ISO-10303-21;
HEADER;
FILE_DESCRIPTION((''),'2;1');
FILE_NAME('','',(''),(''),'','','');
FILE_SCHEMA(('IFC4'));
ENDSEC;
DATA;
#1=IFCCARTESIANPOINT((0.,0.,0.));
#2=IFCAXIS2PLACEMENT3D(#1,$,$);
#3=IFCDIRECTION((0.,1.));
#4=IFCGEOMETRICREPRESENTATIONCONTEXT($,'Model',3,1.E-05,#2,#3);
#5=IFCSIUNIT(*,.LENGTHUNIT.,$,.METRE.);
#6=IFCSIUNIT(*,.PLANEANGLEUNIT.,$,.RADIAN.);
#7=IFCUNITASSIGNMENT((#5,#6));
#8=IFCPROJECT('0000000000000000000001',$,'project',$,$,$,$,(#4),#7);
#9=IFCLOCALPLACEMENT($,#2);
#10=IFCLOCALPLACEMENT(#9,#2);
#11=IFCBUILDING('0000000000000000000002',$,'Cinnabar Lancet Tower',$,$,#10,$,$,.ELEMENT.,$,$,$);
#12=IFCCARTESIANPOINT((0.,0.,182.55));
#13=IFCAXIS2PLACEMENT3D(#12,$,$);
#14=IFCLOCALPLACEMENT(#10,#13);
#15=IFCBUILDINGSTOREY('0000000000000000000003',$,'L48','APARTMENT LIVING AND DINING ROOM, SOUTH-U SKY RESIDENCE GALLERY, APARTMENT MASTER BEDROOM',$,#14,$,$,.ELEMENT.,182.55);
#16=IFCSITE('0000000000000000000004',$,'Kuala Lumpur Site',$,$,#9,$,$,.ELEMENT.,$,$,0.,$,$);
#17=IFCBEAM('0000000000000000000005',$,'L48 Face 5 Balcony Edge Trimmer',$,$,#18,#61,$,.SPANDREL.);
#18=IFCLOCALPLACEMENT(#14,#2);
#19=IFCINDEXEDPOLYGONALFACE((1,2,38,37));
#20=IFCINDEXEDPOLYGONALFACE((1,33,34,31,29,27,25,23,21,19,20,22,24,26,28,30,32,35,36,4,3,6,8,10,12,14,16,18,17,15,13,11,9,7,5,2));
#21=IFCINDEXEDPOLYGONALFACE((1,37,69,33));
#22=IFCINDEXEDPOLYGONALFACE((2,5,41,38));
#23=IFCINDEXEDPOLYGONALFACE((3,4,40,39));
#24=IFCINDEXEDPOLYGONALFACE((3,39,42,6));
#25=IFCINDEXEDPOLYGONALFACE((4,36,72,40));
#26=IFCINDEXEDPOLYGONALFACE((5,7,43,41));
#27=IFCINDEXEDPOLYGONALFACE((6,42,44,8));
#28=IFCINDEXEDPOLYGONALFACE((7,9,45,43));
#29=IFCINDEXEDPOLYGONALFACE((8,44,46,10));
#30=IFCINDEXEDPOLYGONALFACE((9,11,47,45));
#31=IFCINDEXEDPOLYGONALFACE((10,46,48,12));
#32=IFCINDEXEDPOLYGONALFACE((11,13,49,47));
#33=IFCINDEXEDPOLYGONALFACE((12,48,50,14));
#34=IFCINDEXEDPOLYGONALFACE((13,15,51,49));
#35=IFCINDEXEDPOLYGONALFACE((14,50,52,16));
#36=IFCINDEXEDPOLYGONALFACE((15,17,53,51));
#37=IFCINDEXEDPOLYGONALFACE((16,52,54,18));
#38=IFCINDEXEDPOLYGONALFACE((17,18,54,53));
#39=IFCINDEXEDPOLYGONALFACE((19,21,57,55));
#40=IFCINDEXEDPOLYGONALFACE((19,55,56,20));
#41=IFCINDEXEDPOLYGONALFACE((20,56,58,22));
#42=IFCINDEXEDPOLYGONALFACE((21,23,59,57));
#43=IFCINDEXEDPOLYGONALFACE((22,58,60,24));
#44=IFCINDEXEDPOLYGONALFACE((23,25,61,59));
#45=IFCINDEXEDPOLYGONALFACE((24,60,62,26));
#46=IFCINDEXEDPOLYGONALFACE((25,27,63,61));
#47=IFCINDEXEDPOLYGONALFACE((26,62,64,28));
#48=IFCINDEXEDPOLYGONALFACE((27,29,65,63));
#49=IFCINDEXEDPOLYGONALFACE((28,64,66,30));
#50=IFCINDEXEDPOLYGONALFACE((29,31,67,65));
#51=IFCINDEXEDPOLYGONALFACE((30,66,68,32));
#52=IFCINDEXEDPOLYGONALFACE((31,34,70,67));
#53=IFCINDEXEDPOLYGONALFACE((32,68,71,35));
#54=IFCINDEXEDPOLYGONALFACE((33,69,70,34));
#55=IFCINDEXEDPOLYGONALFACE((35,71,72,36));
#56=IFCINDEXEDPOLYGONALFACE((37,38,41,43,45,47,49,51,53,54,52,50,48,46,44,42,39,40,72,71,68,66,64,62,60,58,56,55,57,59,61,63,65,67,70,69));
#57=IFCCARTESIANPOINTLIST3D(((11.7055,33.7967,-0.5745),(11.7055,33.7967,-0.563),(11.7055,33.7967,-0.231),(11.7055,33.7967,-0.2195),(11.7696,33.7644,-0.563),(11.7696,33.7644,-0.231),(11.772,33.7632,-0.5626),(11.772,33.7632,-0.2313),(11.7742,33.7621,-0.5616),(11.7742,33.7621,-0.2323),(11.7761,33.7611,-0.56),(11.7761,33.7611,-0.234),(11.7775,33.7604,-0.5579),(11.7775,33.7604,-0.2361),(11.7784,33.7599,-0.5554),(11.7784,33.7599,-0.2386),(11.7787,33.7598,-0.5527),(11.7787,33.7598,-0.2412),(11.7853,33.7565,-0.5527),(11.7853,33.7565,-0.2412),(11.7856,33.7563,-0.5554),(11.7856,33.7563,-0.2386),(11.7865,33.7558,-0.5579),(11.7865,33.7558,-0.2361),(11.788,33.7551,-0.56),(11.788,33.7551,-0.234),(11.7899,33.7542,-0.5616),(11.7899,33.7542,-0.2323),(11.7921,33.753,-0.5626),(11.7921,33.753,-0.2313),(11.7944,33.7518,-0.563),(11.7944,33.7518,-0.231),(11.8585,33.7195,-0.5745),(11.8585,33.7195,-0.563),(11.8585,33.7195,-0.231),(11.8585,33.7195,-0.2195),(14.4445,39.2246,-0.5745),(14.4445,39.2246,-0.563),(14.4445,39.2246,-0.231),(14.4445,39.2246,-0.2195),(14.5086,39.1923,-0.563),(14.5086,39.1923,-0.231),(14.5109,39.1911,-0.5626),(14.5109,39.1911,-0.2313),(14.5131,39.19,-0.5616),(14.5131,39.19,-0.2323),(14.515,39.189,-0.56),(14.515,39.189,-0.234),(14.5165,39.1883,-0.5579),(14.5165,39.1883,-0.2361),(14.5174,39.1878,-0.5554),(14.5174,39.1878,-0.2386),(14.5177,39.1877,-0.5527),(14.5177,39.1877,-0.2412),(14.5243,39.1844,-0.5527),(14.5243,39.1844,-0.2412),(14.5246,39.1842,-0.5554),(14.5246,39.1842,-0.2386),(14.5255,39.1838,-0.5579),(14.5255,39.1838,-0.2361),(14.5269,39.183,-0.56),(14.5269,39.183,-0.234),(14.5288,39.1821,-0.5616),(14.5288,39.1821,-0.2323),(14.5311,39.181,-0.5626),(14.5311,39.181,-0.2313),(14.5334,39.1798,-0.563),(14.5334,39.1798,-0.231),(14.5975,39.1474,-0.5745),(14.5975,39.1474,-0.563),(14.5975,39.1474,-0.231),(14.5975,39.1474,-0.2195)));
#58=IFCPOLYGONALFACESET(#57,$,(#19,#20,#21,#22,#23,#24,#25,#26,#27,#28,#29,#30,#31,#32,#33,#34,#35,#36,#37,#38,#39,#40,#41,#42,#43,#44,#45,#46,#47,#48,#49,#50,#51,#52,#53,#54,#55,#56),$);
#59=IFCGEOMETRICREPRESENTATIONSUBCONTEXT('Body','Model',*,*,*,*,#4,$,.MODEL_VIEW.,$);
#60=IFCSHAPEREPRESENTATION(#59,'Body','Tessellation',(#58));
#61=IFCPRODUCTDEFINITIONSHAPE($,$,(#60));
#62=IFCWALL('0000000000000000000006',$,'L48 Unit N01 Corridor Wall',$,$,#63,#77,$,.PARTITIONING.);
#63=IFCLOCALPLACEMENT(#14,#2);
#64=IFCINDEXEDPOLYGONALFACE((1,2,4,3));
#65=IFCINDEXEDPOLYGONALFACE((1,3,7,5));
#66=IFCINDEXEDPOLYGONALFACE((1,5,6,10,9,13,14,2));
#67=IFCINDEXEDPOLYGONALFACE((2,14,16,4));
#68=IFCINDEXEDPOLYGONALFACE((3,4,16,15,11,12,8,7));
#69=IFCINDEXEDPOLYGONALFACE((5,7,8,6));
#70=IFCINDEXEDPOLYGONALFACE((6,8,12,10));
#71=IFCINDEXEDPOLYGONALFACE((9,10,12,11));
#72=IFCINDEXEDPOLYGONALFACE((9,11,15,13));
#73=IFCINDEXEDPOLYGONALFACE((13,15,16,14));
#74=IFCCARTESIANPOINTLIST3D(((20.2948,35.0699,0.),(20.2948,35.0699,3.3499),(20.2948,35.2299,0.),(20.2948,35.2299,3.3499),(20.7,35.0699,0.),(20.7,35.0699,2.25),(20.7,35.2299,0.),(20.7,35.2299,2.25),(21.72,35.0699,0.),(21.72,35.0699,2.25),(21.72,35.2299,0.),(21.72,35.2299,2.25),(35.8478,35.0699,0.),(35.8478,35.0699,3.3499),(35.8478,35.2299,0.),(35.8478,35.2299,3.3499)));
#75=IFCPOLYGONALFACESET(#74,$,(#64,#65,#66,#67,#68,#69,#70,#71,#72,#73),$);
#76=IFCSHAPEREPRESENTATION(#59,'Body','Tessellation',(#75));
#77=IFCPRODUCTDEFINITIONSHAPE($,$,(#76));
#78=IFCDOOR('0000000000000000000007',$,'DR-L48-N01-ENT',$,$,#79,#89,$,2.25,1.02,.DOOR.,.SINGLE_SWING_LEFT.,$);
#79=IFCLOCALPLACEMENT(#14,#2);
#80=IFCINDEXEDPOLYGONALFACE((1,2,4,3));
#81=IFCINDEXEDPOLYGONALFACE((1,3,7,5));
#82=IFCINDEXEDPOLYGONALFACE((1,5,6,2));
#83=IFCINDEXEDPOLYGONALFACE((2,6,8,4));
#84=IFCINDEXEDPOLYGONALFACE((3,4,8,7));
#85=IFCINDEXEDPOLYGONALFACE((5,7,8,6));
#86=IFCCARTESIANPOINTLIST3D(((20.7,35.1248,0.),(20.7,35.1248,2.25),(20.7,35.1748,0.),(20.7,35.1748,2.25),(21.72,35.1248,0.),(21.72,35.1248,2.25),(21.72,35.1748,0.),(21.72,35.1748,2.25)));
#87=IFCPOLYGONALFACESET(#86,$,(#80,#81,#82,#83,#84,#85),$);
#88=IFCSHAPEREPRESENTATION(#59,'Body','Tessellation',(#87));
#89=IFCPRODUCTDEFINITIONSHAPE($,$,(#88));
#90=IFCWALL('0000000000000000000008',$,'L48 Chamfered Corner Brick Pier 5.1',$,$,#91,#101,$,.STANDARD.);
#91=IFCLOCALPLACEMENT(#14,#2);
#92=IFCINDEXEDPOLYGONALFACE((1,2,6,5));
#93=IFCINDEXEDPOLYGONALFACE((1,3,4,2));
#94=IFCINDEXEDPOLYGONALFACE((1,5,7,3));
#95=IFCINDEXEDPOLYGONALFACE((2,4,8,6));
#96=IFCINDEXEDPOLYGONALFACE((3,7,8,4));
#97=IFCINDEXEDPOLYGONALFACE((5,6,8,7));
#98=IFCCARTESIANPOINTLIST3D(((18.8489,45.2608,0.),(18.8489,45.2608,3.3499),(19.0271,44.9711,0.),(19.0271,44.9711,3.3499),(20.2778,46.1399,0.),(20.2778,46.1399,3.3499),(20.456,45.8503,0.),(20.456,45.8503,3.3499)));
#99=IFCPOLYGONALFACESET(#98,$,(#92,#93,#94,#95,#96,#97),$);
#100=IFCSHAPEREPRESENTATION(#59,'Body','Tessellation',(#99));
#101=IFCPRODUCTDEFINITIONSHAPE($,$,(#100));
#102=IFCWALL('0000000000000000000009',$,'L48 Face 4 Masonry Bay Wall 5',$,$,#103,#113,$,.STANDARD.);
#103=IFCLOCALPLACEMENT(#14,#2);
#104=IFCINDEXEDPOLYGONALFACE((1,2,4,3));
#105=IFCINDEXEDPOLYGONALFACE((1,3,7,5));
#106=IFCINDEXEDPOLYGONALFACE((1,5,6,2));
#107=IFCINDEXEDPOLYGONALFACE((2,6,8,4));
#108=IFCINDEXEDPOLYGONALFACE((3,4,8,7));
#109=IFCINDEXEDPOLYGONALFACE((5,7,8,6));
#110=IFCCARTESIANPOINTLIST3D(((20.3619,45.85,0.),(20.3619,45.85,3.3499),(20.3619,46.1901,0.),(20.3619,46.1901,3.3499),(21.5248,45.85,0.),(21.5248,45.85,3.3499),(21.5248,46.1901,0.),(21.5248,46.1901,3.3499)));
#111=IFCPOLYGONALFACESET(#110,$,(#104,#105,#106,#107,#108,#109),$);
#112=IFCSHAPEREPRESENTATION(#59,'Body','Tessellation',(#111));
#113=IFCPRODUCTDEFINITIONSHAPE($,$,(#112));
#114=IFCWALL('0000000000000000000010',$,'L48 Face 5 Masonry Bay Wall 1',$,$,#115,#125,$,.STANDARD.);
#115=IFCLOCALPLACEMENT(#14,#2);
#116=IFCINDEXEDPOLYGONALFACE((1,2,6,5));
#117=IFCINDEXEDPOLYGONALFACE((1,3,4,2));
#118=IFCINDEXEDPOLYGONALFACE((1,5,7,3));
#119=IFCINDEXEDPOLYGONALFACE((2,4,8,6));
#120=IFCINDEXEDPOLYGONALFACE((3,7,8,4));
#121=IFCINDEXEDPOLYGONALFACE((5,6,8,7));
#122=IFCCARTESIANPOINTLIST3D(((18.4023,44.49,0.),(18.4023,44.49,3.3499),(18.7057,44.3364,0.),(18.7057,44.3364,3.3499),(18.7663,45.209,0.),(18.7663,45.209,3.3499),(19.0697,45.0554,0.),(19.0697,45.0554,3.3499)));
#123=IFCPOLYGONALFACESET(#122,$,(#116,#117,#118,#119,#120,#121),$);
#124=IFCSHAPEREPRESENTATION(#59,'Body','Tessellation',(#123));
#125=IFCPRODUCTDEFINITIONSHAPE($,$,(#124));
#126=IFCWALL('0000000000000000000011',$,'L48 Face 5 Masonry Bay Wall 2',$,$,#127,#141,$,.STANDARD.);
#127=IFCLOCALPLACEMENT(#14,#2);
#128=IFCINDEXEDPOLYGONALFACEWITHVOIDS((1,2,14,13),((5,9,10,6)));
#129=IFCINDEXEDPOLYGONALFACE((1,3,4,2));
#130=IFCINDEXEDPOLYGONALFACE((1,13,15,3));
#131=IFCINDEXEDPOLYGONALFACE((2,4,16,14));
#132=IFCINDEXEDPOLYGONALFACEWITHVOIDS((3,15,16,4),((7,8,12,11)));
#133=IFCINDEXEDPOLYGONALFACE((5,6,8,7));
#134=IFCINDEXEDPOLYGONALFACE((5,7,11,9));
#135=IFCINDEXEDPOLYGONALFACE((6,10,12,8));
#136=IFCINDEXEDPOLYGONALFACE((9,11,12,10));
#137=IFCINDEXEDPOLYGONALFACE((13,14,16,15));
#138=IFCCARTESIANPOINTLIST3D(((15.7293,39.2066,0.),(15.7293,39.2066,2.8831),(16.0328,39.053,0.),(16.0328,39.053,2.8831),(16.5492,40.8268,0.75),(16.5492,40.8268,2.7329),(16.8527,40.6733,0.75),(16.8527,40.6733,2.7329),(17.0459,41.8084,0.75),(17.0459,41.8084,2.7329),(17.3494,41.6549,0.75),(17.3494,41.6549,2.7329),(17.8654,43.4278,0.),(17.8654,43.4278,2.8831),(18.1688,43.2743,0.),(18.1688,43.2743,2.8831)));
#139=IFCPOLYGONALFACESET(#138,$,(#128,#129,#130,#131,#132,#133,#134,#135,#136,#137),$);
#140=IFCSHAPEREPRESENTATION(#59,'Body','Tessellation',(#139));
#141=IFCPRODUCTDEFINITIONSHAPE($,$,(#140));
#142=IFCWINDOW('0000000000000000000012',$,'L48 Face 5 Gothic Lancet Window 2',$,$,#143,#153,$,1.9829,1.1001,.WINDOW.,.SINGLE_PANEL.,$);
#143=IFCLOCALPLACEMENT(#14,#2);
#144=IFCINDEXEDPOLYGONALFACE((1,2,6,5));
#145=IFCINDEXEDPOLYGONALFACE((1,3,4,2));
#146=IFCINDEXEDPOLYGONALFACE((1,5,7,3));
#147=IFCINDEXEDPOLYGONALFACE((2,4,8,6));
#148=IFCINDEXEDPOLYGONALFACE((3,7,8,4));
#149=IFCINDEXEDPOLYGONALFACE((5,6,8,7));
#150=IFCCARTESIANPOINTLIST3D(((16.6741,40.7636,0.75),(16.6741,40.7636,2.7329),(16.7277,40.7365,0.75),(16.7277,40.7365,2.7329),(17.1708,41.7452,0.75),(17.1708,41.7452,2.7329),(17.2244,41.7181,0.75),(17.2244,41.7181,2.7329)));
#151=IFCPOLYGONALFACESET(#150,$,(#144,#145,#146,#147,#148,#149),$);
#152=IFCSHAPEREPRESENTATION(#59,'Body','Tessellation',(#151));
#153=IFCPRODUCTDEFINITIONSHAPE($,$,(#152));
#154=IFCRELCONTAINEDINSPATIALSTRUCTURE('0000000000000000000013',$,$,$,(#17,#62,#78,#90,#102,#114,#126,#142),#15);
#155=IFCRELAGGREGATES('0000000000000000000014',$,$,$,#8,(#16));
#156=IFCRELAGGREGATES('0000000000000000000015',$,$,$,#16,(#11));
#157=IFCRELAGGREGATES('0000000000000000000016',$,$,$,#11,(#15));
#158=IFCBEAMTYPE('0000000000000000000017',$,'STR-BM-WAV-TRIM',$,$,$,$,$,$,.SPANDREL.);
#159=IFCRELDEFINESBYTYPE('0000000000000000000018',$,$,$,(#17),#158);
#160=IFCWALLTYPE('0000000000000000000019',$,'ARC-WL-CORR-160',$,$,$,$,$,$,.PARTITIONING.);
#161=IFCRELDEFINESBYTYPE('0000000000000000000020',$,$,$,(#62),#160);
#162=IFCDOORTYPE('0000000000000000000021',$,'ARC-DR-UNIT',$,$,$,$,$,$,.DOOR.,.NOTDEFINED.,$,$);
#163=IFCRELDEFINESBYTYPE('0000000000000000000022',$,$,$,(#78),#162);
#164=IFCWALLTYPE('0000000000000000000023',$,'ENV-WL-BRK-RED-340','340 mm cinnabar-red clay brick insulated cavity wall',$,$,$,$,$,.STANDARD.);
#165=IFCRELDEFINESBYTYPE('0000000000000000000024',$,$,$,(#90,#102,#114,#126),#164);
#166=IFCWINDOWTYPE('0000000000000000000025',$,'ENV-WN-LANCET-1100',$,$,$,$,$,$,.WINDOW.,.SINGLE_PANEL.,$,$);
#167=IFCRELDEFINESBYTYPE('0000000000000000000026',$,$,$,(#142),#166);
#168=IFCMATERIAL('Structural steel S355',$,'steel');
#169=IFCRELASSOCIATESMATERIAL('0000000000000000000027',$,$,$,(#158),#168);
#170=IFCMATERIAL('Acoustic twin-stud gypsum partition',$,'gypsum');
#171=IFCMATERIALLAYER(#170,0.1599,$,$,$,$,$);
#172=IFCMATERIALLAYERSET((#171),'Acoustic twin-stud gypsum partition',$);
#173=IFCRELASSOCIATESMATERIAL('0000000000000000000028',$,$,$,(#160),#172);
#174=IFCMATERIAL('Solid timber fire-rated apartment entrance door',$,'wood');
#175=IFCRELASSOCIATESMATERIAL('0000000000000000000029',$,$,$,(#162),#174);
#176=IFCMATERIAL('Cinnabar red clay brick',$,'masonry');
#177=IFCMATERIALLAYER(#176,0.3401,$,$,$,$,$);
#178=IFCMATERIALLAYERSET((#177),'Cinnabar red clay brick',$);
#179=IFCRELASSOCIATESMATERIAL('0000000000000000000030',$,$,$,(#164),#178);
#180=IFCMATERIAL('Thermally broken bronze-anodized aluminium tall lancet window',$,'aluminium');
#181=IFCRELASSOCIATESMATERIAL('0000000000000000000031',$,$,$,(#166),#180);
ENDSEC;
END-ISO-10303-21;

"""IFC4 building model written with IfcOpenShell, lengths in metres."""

from ifc_helpers import new_model, si_unit, direction, frame, frame_2d, origin, origin_2d, place, context, subcontext, project, spatial, rectangle, i_section, extrude, material, layer, layer_set, material_profile, profile_set, type_object, element, fill, save


model = new_model("IFC4")

# Units and contexts
model_context = context("Model", 3, precision=1e-05, world=origin(), true_north=direction((0.0, 1.0)))
body_context = subcontext(model_context, "Body", "Model", "MODEL_VIEW")
ifc_project = project(units=[si_unit("LENGTHUNIT", "METRE"), si_unit("PLANEANGLEUNIT", "RADIAN")], contexts=[model_context])

# Site, building, storey
site_placement = place(None, origin())
site = spatial("IfcSite", under=ifc_project, at=site_placement, Name="Kuala Lumpur Site", CompositionType="ELEMENT", RefElevation=0.0)
building_placement = place(site_placement, origin())
building = spatial("IfcBuilding", under=site, at=building_placement, Name="Cinnabar Lancet Tower", CompositionType="ELEMENT")
storey_placement = place(building_placement, frame((0.0, 0.0, 182.55)))
storey = spatial("IfcBuildingStorey", under=building, at=storey_placement, Name="L48", Description="APARTMENT LIVING AND DINING ROOM, SOUTH-U SKY RESIDENCE GALLERY, APARTMENT MASTER BEDROOM", CompositionType="ELEMENT", Elevation=182.55)

# Beam
ifc_material_1 = material(Name="Structural steel S355", Category="steel")
ifc_material_profile_1 = material_profile(ifc_material_1, i_section(OverallWidth=0.1714, OverallDepth=0.355, WebThickness=0.0073, FlangeThickness=0.0115, FilletRadius=0.0103, at=origin_2d()), Name="UKB 356x171x51")
ifc_profile_set_1 = profile_set([ifc_material_profile_1], Name="Structural steel S355")
beam_type_1 = type_object("IfcBeamType", Name="STR-BM-WAV-TRIM", PredefinedType="SPANDREL", material=ifc_profile_set_1)
beam_1_placement = place(storey_placement, frame((14.521, 39.186, -0.397), z_axis=(-0.450503, -0.892775, 0.0), x_axis=(0.892775, -0.450503, 0.0)))
element("IfcBeam", 1, at=beam_1_placement, inside=storey, type_object=beam_type_1, Name="L48 Face 5 Balcony Edge Trimmer", PredefinedType="SPANDREL", context=body_context, shape_type="SweptSolid", body=[
    extrude(i_section(OverallWidth=0.1714, OverallDepth=0.355, WebThickness=0.0073, FlangeThickness=0.0115, FilletRadius=0.0103, at=origin_2d()), origin(), (0.0, 0.0, 1.0), 6.0798),
])

# Wall, opening, door
ifc_material_2 = material(Name="Acoustic twin-stud gypsum partition", Category="gypsum")
ifc_layer_1 = layer(ifc_material_2, 0.1599)
ifc_layer_set_1 = layer_set([ifc_layer_1], Name="Acoustic twin-stud gypsum partition")
wall_type_1 = type_object("IfcWallType", Name="ARC-WL-CORR-160", PredefinedType="PARTITIONING", material=ifc_layer_set_1)
wall_1_placement = place(storey_placement, frame((20.2949, 35.1499, 0.0), z_axis=(0.0, 0.0, 1.0), x_axis=(1.0, 0.0, 0.0)))
wall_1 = element("IfcWall", 2, at=wall_1_placement, inside=storey, type_object=wall_type_1, Name="L48 Unit N01 Corridor Wall", PredefinedType="PARTITIONING", context=body_context, shape_type="SweptSolid", body=[
    extrude(rectangle(XDim=15.553, YDim=0.1599, at=frame_2d((7.7764, 0.0))), origin(), (0.0, 0.0, 1.0), 3.3499),
])
opening_1_placement = place(wall_1_placement, frame((0.405, 0.0, 0.0)))
opening_1 = element("IfcOpeningElement", 3, at=opening_1_placement, cuts=wall_1, PredefinedType="OPENING", context=body_context, shape_type="SweptSolid", body=[
    extrude(rectangle(XDim=1.02, YDim=2.25, at=frame_2d((0.51, 1.125))), frame((0.0, 0.0898, 0.0), z_axis=(0.0, -1.0, 0.0), x_axis=(1.0, 0.0, 0.0)), (0.0, 0.0, 1.0), 0.1799),
])
ifc_material_3 = material(Name="Solid timber fire-rated apartment entrance door", Category="wood")
door_type_1 = type_object("IfcDoorType", Name="ARC-DR-UNIT", OperationType="NOTDEFINED", PredefinedType="DOOR", material=ifc_material_3)
door_1_placement = place(opening_1_placement, origin())
door_1 = element("IfcDoor", 4, at=door_1_placement, inside=storey, type_object=door_type_1, Name="DR-L48-N01-ENT", OperationType="SINGLE_SWING_LEFT", OverallHeight=2.25, OverallWidth=1.02, PredefinedType="DOOR", context=body_context, shape_type="SweptSolid", body=[
    extrude(rectangle(XDim=1.02, YDim=2.25, at=frame_2d((0.51, 1.125))), frame((0.0, 0.0249, 0.0), z_axis=(0.0, -1.0, 0.0), x_axis=(1.0, 0.0, 0.0)), (0.0, 0.0, 1.0), 0.05),
])
fill(opening_1, door_1)

# Walls
ifc_material_4 = material(Name="Cinnabar red clay brick", Category="masonry")
ifc_layer_2 = layer(ifc_material_4, 0.3401)
ifc_layer_set_2 = layer_set([ifc_layer_2], Name="Cinnabar red clay brick")
wall_type_2 = type_object("IfcWallType", Name="ENV-WL-BRK-RED-340", Description="340 mm cinnabar-red clay brick insulated cavity wall", PredefinedType="STANDARD", material=ifc_layer_set_2)
wall_2_placement = place(storey_placement, frame((20.3669, 45.9951, 0.0), z_axis=(0.0, 0.0, 1.0), x_axis=(-0.851713, -0.524008, 0.0)))
element("IfcWall", 5, at=wall_2_placement, inside=storey, type_object=wall_type_2, Name="L48 Chamfered Corner Brick Pier 5.1", PredefinedType="STANDARD", context=body_context, shape_type="SweptSolid", body=[
    extrude(rectangle(XDim=1.6777, YDim=0.3401, at=frame_2d((0.8389, 0.0))), origin(), (0.0, 0.0, 1.0), 3.3499),
])
wall_3_placement = place(storey_placement, frame((21.5249, 46.02, 0.0), z_axis=(0.0, 0.0, 1.0), x_axis=(-1.0, 0.0, 0.0)))
element("IfcWall", 6, at=wall_3_placement, inside=storey, type_object=wall_type_2, Name="L48 Face 4 Masonry Bay Wall 5", PredefinedType="STANDARD", context=body_context, shape_type="SweptSolid", body=[
    extrude(rectangle(XDim=1.1628, YDim=0.3401, at=frame_2d((0.5815, 0.0))), origin(), (0.0, 0.0, 1.0), 3.3499),
])
wall_4_placement = place(storey_placement, frame((18.918, 45.1321, 0.0), z_axis=(0.0, 0.0, 1.0), x_axis=(-0.451692, -0.892174, 0.0)))
element("IfcWall", 7, at=wall_4_placement, inside=storey, type_object=wall_type_2, Name="L48 Face 5 Masonry Bay Wall 1", PredefinedType="STANDARD", context=body_context, shape_type="SweptSolid", body=[
    extrude(rectangle(XDim=0.8059, YDim=0.3401, at=frame_2d((0.4028, 0.0))), origin(), (0.0, 0.0, 1.0), 3.3499),
])

# Wall, opening, window
wall_5_placement = place(storey_placement, frame((18.0171, 43.3511, 0.0), z_axis=(0.0, 0.0, 1.0), x_axis=(-0.451502, -0.89227, 0.0)))
wall_5 = element("IfcWall", 8, at=wall_5_placement, inside=storey, type_object=wall_type_2, Name="L48 Face 5 Masonry Bay Wall 2", PredefinedType="STANDARD", context=body_context, shape_type="SweptSolid", body=[
    extrude(rectangle(XDim=4.731, YDim=0.3401, at=frame_2d((2.3655, 0.0))), origin(), (0.0, 0.0, 1.0), 2.8831),
])
opening_2_placement = place(wall_5_placement, frame((1.8149, 0.0, 0.75)))
opening_2 = element("IfcOpeningElement", 9, at=opening_2_placement, cuts=wall_5, PredefinedType="OPENING", context=body_context, shape_type="SweptSolid", body=[
    extrude(rectangle(XDim=1.1001, YDim=1.9829, at=frame_2d((0.55, 0.9915))), frame((0.0, 0.1799, 0.0), z_axis=(0.0, -1.0, 0.0), x_axis=(1.0, 0.0, 0.0)), (0.0, 0.0, 1.0), 0.3601),
])
ifc_material_5 = material(Name="Thermally broken bronze-anodized aluminium tall lancet window", Category="aluminium")
window_type = type_object("IfcWindowType", Name="ENV-WN-LANCET-1100", PartitioningType="SINGLE_PANEL", PredefinedType="WINDOW", material=ifc_material_5)
window_1_placement = place(opening_2_placement, origin())
window_1 = element("IfcWindow", 10, at=window_1_placement, inside=storey, type_object=window_type, Name="L48 Face 5 Gothic Lancet Window 2", OverallHeight=1.9829, OverallWidth=1.1001, PartitioningType="SINGLE_PANEL", PredefinedType="WINDOW", context=body_context, shape_type="SweptSolid", body=[
    extrude(rectangle(XDim=1.1001, YDim=1.9829, at=frame_2d((0.55, 0.9915))), frame((0.0, 0.03, 0.0), z_axis=(0.0, -1.0, 0.0), x_axis=(1.0, 0.0, 0.0)), (0.0, 0.0, 1.0), 0.0601),
])
fill(opening_2, window_1)

save(model, "model.ifc")
